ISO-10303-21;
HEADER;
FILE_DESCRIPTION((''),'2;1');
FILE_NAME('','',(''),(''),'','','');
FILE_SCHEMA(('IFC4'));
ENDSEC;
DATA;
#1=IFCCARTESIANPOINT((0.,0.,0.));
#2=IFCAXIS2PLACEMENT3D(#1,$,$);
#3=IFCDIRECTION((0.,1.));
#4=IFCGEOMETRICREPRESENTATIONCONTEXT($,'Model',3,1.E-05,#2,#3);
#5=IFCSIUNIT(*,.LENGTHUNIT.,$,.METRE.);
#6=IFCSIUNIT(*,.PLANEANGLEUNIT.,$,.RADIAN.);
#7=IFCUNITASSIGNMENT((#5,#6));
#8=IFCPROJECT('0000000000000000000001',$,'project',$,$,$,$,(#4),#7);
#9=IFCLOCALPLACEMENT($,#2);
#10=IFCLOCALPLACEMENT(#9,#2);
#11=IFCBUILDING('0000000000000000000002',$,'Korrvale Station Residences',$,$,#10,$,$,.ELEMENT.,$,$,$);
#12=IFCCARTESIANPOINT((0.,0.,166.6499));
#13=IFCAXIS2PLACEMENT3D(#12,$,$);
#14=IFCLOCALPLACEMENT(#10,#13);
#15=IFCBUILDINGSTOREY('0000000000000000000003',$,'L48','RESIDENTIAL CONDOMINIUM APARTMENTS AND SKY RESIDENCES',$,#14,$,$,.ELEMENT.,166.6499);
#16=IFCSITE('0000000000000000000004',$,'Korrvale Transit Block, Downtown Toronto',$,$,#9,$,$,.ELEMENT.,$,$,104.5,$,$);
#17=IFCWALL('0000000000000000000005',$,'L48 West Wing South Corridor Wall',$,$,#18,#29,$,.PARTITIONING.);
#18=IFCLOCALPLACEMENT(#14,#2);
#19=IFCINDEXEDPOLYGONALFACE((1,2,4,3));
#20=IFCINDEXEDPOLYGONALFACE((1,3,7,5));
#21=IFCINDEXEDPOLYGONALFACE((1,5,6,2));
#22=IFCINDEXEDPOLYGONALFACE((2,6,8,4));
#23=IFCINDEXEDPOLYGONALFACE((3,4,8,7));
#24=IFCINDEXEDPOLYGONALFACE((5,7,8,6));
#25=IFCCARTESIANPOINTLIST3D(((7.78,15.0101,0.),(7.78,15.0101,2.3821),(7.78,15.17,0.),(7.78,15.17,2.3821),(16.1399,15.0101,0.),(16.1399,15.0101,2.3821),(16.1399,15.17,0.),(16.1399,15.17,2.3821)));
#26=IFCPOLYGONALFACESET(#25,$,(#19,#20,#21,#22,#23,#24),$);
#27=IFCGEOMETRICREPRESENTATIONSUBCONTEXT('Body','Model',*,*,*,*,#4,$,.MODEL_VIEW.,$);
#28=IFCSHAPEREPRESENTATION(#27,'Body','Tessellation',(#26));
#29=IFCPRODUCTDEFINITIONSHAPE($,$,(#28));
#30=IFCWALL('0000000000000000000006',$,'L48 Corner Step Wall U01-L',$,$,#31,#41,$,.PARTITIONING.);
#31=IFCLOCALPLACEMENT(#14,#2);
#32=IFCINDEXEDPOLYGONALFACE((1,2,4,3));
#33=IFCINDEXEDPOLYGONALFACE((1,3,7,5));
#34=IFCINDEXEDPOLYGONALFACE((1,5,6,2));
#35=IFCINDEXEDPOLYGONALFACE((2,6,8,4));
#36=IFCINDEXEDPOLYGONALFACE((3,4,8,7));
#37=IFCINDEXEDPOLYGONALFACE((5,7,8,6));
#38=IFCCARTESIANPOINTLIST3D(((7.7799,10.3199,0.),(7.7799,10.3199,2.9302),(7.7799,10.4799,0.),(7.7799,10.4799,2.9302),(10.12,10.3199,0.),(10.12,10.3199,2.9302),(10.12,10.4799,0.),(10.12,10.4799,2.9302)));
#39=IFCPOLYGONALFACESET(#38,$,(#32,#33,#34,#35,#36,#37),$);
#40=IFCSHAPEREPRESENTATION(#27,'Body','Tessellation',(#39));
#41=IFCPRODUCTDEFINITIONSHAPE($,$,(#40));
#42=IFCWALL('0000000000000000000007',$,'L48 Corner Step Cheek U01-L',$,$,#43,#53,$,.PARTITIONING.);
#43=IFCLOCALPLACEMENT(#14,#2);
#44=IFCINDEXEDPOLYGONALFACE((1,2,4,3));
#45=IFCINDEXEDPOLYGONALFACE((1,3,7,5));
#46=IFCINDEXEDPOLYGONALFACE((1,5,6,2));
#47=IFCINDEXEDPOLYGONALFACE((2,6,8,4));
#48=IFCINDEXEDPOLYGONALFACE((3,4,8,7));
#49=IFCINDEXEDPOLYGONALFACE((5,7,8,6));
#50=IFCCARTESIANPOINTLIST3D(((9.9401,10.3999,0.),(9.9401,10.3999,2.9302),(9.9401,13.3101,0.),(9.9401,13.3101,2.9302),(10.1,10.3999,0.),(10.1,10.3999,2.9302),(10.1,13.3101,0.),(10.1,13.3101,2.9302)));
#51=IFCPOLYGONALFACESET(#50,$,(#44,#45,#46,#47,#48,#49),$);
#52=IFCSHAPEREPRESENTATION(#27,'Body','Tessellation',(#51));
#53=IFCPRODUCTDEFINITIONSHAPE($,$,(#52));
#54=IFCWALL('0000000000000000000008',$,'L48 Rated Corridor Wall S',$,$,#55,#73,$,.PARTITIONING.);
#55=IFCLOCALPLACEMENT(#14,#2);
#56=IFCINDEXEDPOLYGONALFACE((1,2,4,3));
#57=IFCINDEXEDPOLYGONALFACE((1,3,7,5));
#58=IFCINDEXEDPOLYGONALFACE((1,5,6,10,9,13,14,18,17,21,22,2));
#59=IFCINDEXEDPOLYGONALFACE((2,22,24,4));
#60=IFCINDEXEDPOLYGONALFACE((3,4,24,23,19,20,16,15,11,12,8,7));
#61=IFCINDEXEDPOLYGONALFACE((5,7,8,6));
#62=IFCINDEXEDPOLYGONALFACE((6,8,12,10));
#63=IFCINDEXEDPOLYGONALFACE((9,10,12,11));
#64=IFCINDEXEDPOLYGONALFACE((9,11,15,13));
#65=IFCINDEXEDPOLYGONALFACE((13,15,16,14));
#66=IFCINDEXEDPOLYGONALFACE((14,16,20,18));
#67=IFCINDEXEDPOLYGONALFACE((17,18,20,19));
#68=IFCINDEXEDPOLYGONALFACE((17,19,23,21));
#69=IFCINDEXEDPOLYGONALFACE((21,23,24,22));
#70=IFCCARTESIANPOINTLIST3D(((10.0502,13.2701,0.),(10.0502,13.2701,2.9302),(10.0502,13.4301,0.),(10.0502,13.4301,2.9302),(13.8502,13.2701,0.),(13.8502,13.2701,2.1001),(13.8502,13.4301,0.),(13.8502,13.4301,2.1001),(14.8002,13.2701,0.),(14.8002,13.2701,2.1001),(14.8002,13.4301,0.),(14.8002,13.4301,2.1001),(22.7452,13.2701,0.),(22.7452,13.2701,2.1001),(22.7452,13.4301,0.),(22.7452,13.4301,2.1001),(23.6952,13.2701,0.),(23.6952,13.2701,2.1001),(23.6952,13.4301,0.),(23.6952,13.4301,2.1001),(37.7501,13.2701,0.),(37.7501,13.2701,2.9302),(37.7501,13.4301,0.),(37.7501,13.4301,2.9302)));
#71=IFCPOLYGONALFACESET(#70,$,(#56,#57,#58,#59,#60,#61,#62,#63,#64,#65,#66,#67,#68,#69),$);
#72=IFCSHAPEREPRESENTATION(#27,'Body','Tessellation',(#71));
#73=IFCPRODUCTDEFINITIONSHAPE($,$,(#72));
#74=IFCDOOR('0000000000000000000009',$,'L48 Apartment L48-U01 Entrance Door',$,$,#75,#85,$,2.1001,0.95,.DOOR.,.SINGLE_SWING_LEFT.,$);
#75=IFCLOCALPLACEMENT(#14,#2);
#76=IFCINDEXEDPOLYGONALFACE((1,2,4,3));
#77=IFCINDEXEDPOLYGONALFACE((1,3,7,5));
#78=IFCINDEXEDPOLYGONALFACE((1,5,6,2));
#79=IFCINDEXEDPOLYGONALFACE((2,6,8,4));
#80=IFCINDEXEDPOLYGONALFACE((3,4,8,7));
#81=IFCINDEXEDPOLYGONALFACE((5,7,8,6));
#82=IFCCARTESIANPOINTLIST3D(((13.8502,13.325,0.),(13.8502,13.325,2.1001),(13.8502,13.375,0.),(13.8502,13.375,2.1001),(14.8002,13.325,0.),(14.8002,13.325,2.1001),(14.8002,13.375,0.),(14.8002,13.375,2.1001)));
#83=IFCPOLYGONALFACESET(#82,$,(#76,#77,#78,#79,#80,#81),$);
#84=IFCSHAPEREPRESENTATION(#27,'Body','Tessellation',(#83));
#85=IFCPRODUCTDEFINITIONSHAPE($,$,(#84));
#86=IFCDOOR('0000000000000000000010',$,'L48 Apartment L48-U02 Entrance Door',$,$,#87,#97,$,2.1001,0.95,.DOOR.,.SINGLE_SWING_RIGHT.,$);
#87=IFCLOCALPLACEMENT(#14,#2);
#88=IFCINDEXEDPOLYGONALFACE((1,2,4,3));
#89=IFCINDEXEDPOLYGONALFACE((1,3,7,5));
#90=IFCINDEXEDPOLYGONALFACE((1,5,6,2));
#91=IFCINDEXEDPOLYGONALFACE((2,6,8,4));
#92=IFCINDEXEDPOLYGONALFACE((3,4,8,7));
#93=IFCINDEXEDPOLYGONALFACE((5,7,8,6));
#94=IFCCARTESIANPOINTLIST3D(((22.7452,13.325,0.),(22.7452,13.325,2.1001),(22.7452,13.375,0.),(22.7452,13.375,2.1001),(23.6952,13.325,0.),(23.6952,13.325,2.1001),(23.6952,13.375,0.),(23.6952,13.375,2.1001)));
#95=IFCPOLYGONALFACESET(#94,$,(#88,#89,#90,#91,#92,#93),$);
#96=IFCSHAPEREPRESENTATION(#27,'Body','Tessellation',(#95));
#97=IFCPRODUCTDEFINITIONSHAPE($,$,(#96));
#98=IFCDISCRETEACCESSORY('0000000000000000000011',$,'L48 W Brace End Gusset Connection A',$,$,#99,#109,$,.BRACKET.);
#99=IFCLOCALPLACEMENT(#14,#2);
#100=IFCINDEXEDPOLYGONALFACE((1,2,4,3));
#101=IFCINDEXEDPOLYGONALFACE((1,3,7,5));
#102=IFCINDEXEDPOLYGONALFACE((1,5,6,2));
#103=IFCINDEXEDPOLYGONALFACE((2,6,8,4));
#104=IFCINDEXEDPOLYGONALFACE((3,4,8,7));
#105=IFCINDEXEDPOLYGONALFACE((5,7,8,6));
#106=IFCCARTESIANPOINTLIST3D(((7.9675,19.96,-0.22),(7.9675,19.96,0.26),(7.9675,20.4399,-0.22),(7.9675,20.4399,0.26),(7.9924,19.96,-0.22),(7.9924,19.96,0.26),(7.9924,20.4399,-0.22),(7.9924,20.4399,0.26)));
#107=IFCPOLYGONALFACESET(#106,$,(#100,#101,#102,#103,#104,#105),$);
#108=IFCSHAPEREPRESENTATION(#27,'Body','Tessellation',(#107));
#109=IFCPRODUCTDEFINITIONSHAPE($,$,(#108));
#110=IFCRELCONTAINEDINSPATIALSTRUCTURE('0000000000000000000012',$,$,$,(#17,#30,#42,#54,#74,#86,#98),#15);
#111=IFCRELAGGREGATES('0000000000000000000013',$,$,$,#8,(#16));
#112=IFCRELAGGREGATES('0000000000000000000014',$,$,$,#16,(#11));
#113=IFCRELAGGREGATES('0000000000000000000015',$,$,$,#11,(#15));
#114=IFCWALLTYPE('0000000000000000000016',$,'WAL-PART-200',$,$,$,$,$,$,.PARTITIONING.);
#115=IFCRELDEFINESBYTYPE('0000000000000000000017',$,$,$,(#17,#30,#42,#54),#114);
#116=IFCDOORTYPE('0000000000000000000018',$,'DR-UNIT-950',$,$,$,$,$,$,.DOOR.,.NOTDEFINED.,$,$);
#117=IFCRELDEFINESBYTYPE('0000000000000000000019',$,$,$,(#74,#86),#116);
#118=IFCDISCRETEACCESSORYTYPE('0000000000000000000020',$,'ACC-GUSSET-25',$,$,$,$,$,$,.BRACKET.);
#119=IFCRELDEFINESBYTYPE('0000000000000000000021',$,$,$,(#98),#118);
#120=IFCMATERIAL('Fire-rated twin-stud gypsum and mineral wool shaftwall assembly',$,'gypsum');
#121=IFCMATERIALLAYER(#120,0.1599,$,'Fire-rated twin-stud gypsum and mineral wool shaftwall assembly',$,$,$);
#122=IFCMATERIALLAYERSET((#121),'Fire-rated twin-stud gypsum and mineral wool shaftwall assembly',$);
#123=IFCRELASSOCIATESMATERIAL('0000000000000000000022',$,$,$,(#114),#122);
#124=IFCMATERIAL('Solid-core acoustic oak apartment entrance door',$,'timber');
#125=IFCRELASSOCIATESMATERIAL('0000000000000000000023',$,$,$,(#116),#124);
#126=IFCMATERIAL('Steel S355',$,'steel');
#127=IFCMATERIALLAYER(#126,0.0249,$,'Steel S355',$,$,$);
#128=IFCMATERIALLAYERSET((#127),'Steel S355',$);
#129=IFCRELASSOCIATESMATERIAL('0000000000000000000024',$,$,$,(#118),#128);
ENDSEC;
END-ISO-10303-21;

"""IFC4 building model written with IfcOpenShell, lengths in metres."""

from ifc_helpers import new_model, si_unit, direction, frame, frame_2d, origin, origin_2d, place, context, subcontext, project, spatial, rectangle, extrude, material, layer, layer_set, type_object, element, fill, save


model = new_model("IFC4")

# Units and contexts
model_context = context("Model", 3, precision=1e-05, world=origin(), true_north=direction((0.0, 1.0)))
body_context = subcontext(model_context, "Body", "Model", "MODEL_VIEW")
ifc_project = project(units=[si_unit("LENGTHUNIT", "METRE"), si_unit("PLANEANGLEUNIT", "RADIAN")], contexts=[model_context])

# Site, building, storey
site_placement = place(None, origin())
site = spatial("IfcSite", under=ifc_project, at=site_placement, Name="Korrvale Transit Block, Downtown Toronto", CompositionType="ELEMENT", RefElevation=104.5)
building_placement = place(site_placement, origin())
building = spatial("IfcBuilding", under=site, at=building_placement, Name="Korrvale Station Residences", CompositionType="ELEMENT")
storey_placement = place(building_placement, frame((0.0, 0.0, 166.6499)))
storey = spatial("IfcBuildingStorey", under=building, at=storey_placement, Name="L48", Description="RESIDENTIAL CONDOMINIUM APARTMENTS AND SKY RESIDENCES", CompositionType="ELEMENT", Elevation=166.6499)

# Shared definitions
ifc_material_1 = material(Name="Steel S355", Category="steel")

# Walls
ifc_material_2 = material(Name="Fire-rated twin-stud gypsum and mineral wool shaftwall assembly", Category="gypsum")
ifc_layer_1 = layer(ifc_material_2, 0.1599, Name="Fire-rated twin-stud gypsum and mineral wool shaftwall assembly")
ifc_layer_set_1 = layer_set([ifc_layer_1], Name="Fire-rated twin-stud gypsum and mineral wool shaftwall assembly")
wall_type_1 = type_object("IfcWallType", Name="WAL-PART-200", PredefinedType="PARTITIONING", material=ifc_layer_set_1)
wall_1_placement = place(storey_placement, frame((7.78, 15.0901, 0.0), z_axis=(0.0, 0.0, 1.0), x_axis=(1.0, 0.0, 0.0)))
element("IfcWall", 1, at=wall_1_placement, inside=storey, type_object=wall_type_1, Name="L48 West Wing South Corridor Wall", PredefinedType="PARTITIONING", context=body_context, shape_type="SweptSolid", body=[
    extrude(rectangle(XDim=8.3599, YDim=0.1599, at=frame_2d((4.1799, 0.0))), origin(), (0.0, 0.0, 1.0), 2.3821),
])
wall_2_placement = place(storey_placement, frame((7.78, 10.3999, 0.0), z_axis=(0.0, 0.0, 1.0), x_axis=(1.0, 0.0, 0.0)))
element("IfcWall", 2, at=wall_2_placement, inside=storey, type_object=wall_type_1, Name="L48 Corner Step Wall U01-L", PredefinedType="PARTITIONING", context=body_context, shape_type="SweptSolid", body=[
    extrude(rectangle(XDim=2.3401, YDim=0.1599, at=frame_2d((1.1699, 0.0))), origin(), (0.0, 0.0, 1.0), 2.9302),
])
wall_3_placement = place(storey_placement, frame((10.02, 10.3999, 0.0), z_axis=(0.0, 0.0, 1.0), x_axis=(0.0, 1.0, 0.0)))
element("IfcWall", 3, at=wall_3_placement, inside=storey, type_object=wall_type_1, Name="L48 Corner Step Cheek U01-L", PredefinedType="PARTITIONING", context=body_context, shape_type="SweptSolid", body=[
    extrude(rectangle(XDim=2.9102, YDim=0.1599, at=frame_2d((1.4551, 0.0))), origin(), (0.0, 0.0, 1.0), 2.9302),
])

# Wall, openings, doors
wall_4_placement = place(storey_placement, frame((10.05, 13.3501, 0.0), z_axis=(0.0, 0.0, 1.0), x_axis=(1.0, 0.0, 0.0)))
wall_4 = element("IfcWall", 4, at=wall_4_placement, inside=storey, type_object=wall_type_1, Name="L48 Rated Corridor Wall S", PredefinedType="PARTITIONING", context=body_context, shape_type="SweptSolid", body=[
    extrude(rectangle(XDim=27.7, YDim=0.1599, at=frame_2d((13.8501, 0.0))), origin(), (0.0, 0.0, 1.0), 2.9302),
])
opening_1_placement = place(wall_4_placement, frame((3.8, 0.0, 0.0)))
opening_1 = element("IfcOpeningElement", 5, at=opening_1_placement, cuts=wall_4, PredefinedType="OPENING", context=body_context, shape_type="SweptSolid", body=[
    extrude(rectangle(XDim=0.95, YDim=2.1001, at=frame_2d((0.4751, 1.05))), frame((0.0, 0.0898, 0.0), z_axis=(0.0, -1.0, 0.0), x_axis=(1.0, 0.0, 0.0)), (0.0, 0.0, 1.0), 0.1799),
])
opening_2_placement = place(wall_4_placement, frame((12.6951, 0.0, 0.0)))
opening_2 = element("IfcOpeningElement", 6, at=opening_2_placement, cuts=wall_4, PredefinedType="OPENING", context=body_context, shape_type="SweptSolid", body=[
    extrude(rectangle(XDim=0.95, YDim=2.1001, at=frame_2d((0.4751, 1.05))), frame((0.0, 0.0898, 0.0), z_axis=(0.0, -1.0, 0.0), x_axis=(1.0, 0.0, 0.0)), (0.0, 0.0, 1.0), 0.1799),
])
ifc_material_3 = material(Name="Solid-core acoustic oak apartment entrance door", Category="timber")
door_type_1 = type_object("IfcDoorType", Name="DR-UNIT-950", OperationType="NOTDEFINED", PredefinedType="DOOR", material=ifc_material_3)
door_1_placement = place(opening_1_placement, origin())
door_1 = element("IfcDoor", 7, at=door_1_placement, inside=storey, type_object=door_type_1, Name="L48 Apartment L48-U01 Entrance Door", OperationType="SINGLE_SWING_LEFT", OverallHeight=2.1001, OverallWidth=0.95, PredefinedType="DOOR", context=body_context, shape_type="SweptSolid", body=[
    extrude(rectangle(XDim=0.95, YDim=2.1001, at=frame_2d((0.4751, 1.05))), frame((0.0, 0.0249, 0.0), z_axis=(0.0, -1.0, 0.0), x_axis=(1.0, 0.0, 0.0)), (0.0, 0.0, 1.0), 0.05),
])
fill(opening_1, door_1)
door_2_placement = place(opening_2_placement, origin())
door_2 = element("IfcDoor", 8, at=door_2_placement, inside=storey, type_object=door_type_1, Name="L48 Apartment L48-U02 Entrance Door", OperationType="SINGLE_SWING_RIGHT", OverallHeight=2.1001, OverallWidth=0.95, PredefinedType="DOOR", context=body_context, shape_type="SweptSolid", body=[
    extrude(rectangle(XDim=0.95, YDim=2.1001, at=frame_2d((0.4751, 1.05))), frame((0.0, 0.0249, 0.0), z_axis=(0.0, -1.0, 0.0), x_axis=(1.0, 0.0, 0.0)), (0.0, 0.0, 1.0), 0.05),
])
fill(opening_2, door_2)

# Discrete accessory
ifc_layer_2 = layer(ifc_material_1, 0.0249, Name="Steel S355")
ifc_layer_set_2 = layer_set([ifc_layer_2], Name="Steel S355")
discrete_accessory_type = type_object("IfcDiscreteAccessoryType", Name="ACC-GUSSET-25", PredefinedType="BRACKET", material=ifc_layer_set_2)
discrete_accessory_placement = place(storey_placement, frame((7.98, 20.2, -0.22), z_axis=(0.0, 0.0, 1.0), x_axis=(0.0, 1.0, 0.0)))
element("IfcDiscreteAccessory", 9, at=discrete_accessory_placement, inside=storey, type_object=discrete_accessory_type, Name="L48 W Brace End Gusset Connection A", PredefinedType="BRACKET", context=body_context, shape_type="SweptSolid", body=[
    extrude(rectangle(XDim=0.48, YDim=0.0249, at=origin_2d()), origin(), (0.0, 0.0, 1.0), 0.48),
])

save(model, "model.ifc")
